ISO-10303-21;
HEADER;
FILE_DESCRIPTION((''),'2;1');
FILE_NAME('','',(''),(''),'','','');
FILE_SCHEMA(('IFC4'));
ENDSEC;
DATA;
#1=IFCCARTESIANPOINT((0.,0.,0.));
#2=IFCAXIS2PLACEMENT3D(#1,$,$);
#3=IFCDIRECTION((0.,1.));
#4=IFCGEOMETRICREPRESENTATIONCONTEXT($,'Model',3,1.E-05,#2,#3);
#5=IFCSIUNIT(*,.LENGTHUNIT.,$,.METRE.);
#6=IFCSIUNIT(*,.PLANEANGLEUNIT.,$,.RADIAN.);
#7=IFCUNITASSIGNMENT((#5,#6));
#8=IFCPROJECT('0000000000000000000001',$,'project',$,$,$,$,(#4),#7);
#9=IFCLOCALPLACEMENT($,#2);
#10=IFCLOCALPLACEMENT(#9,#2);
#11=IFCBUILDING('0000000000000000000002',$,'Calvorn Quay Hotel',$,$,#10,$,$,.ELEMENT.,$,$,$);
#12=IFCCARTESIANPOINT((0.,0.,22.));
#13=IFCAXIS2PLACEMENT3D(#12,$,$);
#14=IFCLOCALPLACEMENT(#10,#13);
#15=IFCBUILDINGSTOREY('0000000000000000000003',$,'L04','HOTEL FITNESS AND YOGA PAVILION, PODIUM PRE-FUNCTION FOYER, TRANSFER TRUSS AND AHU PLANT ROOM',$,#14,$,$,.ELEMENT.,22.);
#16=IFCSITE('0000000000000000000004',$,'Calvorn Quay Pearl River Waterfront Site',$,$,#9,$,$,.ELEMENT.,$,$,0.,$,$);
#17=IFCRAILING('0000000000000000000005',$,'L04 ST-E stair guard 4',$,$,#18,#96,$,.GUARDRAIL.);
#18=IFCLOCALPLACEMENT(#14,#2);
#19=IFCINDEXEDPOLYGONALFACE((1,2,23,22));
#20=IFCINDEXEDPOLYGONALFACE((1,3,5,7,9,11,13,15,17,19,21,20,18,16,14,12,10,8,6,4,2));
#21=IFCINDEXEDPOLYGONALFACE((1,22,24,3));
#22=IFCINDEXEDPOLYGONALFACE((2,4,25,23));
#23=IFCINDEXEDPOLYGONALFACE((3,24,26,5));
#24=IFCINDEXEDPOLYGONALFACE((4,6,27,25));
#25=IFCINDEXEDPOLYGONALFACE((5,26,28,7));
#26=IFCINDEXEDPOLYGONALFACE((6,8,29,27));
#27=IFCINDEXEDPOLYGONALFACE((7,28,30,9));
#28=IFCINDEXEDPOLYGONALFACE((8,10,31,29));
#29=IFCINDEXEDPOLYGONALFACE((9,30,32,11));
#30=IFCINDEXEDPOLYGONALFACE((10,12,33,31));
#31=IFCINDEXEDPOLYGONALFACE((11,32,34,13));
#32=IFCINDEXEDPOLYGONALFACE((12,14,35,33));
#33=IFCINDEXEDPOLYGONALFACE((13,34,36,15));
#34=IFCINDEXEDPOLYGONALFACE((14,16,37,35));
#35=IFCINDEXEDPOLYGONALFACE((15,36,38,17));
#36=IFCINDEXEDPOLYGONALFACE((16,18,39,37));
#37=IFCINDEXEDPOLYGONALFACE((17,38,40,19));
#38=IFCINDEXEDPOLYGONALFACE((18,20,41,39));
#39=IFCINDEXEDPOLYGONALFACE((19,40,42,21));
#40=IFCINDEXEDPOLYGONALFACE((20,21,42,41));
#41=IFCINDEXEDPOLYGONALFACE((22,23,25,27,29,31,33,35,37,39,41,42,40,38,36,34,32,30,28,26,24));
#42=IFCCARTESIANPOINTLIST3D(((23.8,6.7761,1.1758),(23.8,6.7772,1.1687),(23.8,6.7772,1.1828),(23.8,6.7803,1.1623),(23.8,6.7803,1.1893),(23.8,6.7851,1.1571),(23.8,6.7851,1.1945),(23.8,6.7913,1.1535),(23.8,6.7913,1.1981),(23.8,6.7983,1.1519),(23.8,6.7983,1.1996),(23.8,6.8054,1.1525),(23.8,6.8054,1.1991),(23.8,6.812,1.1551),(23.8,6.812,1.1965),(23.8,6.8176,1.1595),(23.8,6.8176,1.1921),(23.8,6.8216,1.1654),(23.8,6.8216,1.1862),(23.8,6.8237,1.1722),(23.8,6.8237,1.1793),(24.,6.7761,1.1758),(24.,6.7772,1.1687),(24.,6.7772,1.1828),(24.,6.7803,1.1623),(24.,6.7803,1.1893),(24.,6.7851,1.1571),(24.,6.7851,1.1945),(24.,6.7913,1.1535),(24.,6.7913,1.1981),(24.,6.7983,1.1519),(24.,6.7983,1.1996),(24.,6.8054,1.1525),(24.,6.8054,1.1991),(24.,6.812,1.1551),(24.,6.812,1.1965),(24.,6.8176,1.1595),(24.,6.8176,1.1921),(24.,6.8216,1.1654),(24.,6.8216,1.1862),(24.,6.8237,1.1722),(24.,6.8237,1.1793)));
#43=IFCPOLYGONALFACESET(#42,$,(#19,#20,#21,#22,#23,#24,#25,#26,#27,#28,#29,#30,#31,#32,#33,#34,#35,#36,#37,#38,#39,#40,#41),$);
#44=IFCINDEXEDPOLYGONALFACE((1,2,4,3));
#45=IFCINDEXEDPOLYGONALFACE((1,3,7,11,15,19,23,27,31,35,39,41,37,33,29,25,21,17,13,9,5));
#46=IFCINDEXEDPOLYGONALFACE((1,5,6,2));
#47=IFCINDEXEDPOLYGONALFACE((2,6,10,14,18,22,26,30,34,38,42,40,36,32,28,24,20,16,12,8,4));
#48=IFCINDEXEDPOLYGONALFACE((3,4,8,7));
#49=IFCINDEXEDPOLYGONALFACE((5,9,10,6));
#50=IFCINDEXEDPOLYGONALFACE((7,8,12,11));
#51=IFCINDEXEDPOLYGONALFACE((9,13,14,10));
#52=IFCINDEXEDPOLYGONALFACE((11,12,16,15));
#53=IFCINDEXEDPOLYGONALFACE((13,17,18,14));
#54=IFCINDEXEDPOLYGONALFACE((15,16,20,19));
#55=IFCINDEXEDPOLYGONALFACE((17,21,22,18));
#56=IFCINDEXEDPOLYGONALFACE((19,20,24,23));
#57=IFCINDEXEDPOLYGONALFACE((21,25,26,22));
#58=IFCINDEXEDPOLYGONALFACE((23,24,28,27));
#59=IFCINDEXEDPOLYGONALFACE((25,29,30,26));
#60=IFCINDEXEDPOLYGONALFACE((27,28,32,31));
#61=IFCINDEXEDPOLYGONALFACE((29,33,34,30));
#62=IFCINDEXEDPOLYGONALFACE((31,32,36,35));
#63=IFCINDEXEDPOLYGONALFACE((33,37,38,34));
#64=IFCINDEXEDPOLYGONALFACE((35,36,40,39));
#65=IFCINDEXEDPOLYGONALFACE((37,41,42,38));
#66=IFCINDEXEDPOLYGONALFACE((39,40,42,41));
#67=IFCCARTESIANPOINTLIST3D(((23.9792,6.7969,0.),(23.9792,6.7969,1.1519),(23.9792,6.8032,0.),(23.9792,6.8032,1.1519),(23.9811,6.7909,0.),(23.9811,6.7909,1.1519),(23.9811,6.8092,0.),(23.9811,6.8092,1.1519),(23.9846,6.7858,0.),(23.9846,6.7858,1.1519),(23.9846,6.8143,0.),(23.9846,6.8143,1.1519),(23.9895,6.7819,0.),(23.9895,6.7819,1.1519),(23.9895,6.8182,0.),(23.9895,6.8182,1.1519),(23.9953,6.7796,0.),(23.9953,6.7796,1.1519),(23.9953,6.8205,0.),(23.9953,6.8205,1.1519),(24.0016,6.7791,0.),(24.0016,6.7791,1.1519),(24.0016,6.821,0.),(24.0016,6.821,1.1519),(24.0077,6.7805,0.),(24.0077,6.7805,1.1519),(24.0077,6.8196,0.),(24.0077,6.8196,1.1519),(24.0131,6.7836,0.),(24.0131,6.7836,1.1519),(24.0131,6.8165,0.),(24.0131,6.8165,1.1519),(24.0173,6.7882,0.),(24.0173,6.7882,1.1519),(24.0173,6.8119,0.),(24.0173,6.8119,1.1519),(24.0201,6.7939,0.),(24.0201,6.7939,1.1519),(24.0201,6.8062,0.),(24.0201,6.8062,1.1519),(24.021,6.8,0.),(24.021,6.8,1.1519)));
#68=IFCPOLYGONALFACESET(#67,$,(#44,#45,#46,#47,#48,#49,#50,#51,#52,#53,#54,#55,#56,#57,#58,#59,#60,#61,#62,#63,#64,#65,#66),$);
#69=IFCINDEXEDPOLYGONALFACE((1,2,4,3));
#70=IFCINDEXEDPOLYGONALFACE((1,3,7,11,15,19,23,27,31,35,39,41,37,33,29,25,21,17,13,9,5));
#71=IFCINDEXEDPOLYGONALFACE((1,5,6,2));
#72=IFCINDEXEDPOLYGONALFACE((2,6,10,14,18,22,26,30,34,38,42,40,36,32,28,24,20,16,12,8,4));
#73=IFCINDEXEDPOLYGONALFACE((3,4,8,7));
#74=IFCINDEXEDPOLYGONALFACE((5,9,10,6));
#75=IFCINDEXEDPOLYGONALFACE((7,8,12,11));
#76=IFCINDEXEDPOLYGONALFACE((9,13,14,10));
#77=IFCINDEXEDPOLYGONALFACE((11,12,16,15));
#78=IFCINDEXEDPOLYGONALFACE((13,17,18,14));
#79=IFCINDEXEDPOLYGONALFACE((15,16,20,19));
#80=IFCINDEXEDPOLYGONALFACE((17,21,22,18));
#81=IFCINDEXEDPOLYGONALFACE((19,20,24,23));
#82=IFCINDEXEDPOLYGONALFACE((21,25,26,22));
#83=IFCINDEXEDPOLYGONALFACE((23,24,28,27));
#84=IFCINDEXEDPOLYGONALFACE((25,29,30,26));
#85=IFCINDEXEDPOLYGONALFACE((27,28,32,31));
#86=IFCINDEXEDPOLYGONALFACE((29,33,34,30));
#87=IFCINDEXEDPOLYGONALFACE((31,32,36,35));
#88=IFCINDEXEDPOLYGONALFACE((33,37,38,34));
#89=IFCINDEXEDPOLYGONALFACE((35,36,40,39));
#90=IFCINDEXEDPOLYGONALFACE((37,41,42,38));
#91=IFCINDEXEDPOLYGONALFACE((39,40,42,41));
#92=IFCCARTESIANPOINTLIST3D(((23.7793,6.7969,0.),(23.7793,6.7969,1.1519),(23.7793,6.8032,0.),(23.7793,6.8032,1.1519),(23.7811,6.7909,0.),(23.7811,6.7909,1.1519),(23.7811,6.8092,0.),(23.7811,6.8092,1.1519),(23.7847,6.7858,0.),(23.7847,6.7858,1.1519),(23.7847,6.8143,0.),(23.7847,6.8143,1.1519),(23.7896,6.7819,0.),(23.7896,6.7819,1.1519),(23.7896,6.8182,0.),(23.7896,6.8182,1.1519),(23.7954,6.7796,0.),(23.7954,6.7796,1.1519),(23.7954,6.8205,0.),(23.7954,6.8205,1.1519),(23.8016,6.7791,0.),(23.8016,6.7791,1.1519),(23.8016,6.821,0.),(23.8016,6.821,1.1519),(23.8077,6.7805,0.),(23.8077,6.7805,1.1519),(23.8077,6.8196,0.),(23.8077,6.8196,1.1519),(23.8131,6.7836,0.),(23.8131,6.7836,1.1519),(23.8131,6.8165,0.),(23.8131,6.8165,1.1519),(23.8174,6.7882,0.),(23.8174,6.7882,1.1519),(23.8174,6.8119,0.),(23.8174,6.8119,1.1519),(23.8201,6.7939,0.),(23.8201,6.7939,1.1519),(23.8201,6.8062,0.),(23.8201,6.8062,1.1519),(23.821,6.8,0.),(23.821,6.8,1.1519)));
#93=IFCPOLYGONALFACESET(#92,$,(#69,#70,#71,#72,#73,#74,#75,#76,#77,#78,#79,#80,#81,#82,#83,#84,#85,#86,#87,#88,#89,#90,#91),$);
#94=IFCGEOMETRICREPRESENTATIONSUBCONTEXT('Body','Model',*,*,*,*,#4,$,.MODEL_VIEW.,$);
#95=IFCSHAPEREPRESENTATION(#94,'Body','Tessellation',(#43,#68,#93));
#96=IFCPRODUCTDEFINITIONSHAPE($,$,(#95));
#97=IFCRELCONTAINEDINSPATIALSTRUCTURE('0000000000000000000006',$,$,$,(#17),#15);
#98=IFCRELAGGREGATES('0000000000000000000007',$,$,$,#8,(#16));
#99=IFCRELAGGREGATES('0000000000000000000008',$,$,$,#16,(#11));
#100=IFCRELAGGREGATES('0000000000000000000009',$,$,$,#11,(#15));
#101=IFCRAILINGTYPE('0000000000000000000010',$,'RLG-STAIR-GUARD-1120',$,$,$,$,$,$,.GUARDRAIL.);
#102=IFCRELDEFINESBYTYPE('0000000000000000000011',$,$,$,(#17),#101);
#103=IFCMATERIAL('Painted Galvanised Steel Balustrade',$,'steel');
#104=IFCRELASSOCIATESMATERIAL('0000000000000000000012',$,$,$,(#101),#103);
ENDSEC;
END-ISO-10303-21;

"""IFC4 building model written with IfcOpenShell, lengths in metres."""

from ifc_helpers import new_model, si_unit, direction, frame, origin, origin_2d, place, context, subcontext, project, spatial, circle, extrude, material, type_object, element, save


model = new_model("IFC4")

# Units and contexts
model_context = context("Model", 3, precision=1e-05, world=origin(), true_north=direction((0.0, 1.0)))
body_context = subcontext(model_context, "Body", "Model", "MODEL_VIEW")
ifc_project = project(units=[si_unit("LENGTHUNIT", "METRE"), si_unit("PLANEANGLEUNIT", "RADIAN")], contexts=[model_context])

# Site, building, storey
site_placement = place(None, origin())
site = spatial("IfcSite", under=ifc_project, at=site_placement, Name="Calvorn Quay Pearl River Waterfront Site", CompositionType="ELEMENT", RefElevation=0.0)
building_placement = place(site_placement, origin())
building = spatial("IfcBuilding", under=site, at=building_placement, Name="Calvorn Quay Hotel", CompositionType="ELEMENT")
storey_placement = place(building_placement, frame((0.0, 0.0, 22.0)))
storey = spatial("IfcBuildingStorey", under=building, at=storey_placement, Name="L04", Description="HOTEL FITNESS AND YOGA PAVILION, PODIUM PRE-FUNCTION FOYER, TRANSFER TRUSS AND AHU PLANT ROOM", CompositionType="ELEMENT", Elevation=22.0)

# Railing
ifc_material_1 = material(Name="Painted Galvanised Steel Balustrade", Category="steel")
railing_type_1 = type_object("IfcRailingType", Name="RLG-STAIR-GUARD-1120", PredefinedType="GUARDRAIL", material=ifc_material_1)
railing_1_placement = place(storey_placement, frame((24.0, 6.8, 0.0)))
element("IfcRailing", 1, at=railing_1_placement, inside=storey, type_object=railing_type_1, Name="L04 ST-E stair guard 4", PredefinedType="GUARDRAIL", context=body_context, shape_type="SweptSolid", body=[
    extrude(circle(Radius=0.0239, at=origin_2d()), frame((0.0, 0.0, 1.1758), z_axis=(-1.0, 0.0, 0.0), x_axis=(0.0, -1.0, 0.0)), (0.0, 0.0, 1.0), 0.2),
    extrude(circle(Radius=0.021, at=origin_2d()), origin(), (0.0, 0.0, 1.0), 1.1519),
    extrude(circle(Radius=0.021, at=origin_2d()), frame((-0.2, 0.0, 0.0)), (0.0, 0.0, 1.0), 1.1519),
])

save(model, "model.ifc")
